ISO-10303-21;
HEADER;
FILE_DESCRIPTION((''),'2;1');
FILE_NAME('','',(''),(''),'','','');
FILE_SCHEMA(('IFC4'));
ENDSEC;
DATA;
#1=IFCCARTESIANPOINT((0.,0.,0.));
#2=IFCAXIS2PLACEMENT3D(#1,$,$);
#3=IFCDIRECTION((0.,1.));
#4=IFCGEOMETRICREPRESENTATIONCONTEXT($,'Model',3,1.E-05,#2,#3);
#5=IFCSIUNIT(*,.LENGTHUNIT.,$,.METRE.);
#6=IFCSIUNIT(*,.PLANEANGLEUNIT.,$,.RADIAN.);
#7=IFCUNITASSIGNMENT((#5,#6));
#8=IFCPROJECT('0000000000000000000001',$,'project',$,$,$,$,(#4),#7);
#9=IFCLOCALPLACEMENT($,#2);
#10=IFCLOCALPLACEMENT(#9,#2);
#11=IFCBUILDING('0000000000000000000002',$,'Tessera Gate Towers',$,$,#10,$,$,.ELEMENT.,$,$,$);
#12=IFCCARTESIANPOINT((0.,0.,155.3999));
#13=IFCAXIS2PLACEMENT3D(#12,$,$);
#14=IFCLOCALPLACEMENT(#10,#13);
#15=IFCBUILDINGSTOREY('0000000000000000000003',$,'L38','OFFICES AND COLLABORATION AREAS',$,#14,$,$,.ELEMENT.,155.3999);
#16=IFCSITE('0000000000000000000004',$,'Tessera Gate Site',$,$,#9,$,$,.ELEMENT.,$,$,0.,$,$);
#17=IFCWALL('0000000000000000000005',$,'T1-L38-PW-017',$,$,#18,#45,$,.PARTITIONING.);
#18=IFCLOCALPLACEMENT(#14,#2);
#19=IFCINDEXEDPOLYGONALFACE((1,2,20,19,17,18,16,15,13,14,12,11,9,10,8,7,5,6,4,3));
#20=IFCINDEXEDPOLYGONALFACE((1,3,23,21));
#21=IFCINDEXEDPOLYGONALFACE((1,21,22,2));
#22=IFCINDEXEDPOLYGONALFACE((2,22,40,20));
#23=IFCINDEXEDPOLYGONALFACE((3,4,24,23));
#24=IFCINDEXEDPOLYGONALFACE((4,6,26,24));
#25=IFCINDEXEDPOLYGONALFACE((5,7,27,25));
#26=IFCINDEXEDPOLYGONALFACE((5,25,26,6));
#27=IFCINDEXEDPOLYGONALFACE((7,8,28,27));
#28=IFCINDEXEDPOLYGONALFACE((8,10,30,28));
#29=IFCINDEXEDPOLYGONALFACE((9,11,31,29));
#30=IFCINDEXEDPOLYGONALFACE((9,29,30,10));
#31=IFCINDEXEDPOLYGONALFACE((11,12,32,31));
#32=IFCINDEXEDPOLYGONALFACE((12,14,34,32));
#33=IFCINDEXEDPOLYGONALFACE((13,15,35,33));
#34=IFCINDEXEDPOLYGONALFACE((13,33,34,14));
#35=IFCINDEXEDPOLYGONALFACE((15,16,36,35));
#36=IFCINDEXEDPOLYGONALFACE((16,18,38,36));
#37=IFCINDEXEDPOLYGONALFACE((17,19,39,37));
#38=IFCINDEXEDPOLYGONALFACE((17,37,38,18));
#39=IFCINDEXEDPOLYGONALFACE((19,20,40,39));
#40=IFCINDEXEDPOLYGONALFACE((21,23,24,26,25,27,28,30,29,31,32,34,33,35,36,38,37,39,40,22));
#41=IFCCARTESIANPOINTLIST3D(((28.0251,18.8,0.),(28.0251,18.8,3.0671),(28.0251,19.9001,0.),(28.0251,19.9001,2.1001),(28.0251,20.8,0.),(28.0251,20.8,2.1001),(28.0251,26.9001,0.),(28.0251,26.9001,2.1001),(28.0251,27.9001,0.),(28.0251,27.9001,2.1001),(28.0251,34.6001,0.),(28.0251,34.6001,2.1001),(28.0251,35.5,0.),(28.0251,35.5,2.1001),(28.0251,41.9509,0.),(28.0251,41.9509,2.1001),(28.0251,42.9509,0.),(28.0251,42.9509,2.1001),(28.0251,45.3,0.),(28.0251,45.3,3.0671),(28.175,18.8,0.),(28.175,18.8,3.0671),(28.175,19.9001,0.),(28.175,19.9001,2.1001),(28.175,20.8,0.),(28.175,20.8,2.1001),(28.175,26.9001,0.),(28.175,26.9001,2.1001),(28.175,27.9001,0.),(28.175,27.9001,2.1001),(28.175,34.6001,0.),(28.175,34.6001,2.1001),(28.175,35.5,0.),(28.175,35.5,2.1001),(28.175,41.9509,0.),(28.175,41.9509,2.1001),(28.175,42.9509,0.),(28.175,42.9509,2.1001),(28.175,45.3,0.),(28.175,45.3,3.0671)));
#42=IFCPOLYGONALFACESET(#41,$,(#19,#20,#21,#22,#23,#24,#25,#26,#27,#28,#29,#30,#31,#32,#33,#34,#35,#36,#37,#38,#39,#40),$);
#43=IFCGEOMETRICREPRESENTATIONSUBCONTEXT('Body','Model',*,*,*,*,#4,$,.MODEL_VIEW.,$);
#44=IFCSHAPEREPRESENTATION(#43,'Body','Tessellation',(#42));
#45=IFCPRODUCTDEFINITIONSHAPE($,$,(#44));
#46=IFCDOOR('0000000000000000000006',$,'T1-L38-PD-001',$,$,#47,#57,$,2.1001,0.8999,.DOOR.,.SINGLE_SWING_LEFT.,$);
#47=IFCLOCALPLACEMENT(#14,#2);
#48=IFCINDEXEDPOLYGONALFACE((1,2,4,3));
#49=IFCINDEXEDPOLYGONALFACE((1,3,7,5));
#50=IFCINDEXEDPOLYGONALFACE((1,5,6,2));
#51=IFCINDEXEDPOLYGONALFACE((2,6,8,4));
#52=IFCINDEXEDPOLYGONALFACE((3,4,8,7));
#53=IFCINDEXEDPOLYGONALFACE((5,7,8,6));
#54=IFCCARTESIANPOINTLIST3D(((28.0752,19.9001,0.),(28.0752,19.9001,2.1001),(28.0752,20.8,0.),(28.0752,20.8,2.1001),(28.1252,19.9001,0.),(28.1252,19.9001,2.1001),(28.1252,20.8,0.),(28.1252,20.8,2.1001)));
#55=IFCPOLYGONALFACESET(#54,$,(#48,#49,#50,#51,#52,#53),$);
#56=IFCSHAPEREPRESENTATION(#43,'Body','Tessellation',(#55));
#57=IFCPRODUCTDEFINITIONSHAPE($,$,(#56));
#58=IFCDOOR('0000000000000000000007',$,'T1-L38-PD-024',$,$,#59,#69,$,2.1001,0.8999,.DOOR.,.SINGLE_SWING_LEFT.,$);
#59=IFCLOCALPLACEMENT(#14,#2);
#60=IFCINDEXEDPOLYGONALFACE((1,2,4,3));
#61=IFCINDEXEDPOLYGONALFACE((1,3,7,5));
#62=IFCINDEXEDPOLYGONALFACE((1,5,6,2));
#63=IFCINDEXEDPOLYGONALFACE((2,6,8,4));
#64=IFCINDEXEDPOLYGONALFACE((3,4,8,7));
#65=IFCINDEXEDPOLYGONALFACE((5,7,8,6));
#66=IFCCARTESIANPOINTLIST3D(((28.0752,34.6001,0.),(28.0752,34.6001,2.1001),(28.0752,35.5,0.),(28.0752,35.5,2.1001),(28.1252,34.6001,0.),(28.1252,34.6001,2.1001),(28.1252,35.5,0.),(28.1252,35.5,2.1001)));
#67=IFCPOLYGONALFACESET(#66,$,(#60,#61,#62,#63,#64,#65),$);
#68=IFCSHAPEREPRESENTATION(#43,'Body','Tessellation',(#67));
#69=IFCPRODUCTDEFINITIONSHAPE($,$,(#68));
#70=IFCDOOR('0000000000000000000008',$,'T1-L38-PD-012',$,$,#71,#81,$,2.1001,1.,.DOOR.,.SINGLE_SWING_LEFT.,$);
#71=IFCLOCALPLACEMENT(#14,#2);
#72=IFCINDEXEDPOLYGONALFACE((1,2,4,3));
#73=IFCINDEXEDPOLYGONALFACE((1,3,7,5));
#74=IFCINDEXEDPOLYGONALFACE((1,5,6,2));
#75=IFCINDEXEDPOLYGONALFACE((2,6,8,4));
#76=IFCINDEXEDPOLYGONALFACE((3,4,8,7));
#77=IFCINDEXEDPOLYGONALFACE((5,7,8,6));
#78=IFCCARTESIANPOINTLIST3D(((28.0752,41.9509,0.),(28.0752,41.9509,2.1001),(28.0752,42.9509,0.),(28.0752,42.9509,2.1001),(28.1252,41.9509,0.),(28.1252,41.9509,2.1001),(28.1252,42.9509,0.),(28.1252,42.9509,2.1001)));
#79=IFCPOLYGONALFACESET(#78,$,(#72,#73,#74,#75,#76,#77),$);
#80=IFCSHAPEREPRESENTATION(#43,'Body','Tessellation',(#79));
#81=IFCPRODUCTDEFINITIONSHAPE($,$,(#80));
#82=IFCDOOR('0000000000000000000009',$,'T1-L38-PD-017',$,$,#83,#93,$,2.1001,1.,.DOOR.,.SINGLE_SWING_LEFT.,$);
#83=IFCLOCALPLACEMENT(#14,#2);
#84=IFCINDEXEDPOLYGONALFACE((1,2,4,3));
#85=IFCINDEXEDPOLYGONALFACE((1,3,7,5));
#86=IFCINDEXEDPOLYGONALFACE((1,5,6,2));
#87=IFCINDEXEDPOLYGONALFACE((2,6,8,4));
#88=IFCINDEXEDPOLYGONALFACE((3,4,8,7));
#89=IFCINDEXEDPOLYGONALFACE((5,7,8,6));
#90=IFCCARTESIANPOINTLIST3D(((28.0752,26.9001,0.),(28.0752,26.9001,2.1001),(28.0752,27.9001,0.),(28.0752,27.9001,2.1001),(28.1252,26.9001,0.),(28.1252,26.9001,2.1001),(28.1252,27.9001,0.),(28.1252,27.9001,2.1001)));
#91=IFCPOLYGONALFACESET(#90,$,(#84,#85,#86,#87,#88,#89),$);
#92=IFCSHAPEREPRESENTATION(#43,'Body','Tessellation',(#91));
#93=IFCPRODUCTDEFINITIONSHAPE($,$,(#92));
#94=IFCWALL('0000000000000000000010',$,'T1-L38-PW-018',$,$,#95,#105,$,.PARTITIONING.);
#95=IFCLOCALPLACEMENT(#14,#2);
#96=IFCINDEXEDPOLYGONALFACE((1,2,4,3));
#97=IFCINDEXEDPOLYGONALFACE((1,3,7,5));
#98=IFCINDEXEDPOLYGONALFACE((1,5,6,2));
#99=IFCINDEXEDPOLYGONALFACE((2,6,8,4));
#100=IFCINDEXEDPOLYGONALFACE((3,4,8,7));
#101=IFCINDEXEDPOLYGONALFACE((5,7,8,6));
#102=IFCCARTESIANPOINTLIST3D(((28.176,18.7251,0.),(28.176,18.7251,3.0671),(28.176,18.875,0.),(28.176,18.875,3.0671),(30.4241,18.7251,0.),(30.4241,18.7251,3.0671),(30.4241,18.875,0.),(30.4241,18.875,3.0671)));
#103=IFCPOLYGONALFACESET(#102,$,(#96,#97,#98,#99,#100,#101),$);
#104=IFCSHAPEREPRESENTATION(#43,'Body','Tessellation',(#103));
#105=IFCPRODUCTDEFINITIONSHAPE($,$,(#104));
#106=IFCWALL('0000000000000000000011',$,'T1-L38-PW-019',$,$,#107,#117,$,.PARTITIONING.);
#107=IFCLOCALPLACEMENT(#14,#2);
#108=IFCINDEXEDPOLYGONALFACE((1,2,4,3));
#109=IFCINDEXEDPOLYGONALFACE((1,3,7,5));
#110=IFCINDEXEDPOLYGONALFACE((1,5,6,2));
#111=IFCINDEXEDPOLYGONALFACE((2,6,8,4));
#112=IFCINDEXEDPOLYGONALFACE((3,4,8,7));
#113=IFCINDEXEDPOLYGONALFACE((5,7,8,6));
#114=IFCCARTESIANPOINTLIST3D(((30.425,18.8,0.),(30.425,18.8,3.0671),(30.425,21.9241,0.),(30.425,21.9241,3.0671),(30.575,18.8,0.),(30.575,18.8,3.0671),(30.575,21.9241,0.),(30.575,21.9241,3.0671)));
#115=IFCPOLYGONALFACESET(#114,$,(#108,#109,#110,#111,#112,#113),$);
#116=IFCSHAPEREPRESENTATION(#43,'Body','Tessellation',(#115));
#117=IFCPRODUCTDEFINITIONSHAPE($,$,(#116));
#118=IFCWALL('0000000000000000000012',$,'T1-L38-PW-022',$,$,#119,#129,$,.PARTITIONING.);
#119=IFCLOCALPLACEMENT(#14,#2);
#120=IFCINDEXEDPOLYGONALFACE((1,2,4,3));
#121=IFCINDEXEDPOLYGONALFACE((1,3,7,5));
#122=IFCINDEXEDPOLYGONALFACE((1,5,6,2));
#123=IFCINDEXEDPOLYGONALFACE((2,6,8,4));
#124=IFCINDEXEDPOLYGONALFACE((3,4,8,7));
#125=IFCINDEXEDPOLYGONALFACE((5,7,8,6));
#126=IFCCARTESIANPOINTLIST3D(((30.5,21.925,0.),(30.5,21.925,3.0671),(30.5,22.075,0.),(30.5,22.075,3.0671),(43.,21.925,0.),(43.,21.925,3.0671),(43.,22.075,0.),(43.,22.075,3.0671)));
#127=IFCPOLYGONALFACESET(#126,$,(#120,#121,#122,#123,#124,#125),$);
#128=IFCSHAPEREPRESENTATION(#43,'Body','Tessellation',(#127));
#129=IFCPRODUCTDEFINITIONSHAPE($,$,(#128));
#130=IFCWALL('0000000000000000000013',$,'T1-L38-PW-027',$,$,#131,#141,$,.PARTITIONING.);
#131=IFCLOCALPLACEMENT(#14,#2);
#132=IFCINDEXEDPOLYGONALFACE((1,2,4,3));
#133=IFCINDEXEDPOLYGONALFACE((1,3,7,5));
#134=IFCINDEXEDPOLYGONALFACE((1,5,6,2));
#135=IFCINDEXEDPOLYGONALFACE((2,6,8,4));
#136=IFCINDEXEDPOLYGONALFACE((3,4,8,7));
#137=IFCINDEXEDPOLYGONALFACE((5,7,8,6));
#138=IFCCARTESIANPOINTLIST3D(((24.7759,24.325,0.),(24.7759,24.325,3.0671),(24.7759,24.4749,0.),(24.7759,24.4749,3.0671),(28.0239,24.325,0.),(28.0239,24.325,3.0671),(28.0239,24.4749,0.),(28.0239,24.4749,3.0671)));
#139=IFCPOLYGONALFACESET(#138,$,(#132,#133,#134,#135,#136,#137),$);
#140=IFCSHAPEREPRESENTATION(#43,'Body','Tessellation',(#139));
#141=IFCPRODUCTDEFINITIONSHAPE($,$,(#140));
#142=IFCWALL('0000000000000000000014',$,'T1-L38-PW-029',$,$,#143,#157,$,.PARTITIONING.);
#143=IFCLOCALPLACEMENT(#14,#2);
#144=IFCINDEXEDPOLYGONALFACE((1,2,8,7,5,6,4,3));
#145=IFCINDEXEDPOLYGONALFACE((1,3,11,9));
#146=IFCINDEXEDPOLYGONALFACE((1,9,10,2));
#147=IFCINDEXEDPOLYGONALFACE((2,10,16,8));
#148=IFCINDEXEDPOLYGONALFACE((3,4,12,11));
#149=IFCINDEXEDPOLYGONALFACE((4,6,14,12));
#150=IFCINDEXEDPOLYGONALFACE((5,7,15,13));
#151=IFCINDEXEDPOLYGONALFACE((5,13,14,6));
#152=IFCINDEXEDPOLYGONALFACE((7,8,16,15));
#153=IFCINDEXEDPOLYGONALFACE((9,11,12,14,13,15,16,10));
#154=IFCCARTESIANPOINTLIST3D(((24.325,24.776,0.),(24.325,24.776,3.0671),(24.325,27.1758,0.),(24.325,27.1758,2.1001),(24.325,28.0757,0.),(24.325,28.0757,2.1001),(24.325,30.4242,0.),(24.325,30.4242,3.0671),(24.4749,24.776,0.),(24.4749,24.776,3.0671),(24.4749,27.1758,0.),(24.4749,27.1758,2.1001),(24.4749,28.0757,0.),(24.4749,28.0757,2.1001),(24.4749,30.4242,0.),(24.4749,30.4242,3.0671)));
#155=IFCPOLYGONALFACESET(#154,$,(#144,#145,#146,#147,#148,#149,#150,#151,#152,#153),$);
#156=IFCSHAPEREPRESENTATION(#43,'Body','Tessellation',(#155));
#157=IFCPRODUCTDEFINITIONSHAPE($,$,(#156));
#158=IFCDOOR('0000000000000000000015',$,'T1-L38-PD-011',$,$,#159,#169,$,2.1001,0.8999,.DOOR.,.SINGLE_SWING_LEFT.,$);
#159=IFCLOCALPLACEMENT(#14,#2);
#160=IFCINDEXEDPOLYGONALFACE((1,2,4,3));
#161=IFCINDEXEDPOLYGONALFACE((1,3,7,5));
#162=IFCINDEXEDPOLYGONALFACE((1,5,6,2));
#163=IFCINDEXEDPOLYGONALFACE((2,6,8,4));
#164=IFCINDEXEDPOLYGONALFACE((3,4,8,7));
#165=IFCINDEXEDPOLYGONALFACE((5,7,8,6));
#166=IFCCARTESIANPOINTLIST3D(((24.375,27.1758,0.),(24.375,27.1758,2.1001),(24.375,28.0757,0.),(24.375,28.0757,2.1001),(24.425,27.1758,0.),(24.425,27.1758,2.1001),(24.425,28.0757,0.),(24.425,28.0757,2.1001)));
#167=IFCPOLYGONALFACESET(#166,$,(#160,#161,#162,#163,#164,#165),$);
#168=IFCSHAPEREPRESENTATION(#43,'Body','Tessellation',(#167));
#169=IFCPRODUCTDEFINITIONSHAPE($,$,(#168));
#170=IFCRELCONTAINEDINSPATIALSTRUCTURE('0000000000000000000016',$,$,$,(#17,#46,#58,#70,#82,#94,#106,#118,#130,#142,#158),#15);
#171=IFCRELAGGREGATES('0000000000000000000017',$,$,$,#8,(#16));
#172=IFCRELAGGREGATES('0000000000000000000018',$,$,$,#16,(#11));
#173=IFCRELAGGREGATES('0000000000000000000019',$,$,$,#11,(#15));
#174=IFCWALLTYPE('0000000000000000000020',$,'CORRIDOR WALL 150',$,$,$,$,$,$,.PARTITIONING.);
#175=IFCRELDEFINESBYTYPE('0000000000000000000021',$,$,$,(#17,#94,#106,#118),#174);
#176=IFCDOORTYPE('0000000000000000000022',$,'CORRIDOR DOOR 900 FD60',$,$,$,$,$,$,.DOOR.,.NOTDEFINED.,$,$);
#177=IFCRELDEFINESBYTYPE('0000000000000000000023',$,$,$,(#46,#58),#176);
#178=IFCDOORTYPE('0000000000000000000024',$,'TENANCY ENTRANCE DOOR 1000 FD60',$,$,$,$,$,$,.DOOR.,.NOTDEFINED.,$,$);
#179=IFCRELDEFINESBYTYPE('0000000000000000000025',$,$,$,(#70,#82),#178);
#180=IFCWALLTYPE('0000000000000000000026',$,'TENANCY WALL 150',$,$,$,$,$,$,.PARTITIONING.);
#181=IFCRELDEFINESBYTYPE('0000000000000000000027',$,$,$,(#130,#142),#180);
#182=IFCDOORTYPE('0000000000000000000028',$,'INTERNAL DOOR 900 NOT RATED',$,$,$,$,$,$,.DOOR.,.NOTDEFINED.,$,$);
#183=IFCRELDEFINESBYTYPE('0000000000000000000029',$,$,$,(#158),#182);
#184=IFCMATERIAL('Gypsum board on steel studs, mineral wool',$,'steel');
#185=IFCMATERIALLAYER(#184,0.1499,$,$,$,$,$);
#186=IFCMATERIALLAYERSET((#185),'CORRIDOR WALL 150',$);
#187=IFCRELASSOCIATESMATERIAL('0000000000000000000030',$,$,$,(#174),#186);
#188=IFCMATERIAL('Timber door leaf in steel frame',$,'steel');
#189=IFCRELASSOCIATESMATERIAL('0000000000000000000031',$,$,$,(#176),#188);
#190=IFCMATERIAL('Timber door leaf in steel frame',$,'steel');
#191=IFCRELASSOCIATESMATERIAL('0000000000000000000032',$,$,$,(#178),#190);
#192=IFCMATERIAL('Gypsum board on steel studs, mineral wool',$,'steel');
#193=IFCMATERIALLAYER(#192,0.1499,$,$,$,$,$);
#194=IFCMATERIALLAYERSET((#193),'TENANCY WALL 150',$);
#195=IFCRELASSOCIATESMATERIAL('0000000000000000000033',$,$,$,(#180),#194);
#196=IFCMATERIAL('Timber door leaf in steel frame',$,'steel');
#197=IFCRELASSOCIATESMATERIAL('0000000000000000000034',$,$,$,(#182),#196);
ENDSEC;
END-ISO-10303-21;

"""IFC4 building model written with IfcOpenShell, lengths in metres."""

from ifc_helpers import new_model, si_unit, direction, frame, frame_2d, origin, place, context, subcontext, project, spatial, rectangle, extrude, source, transform, mapped, material, layer, layer_set, type_object, element, fill, save


model = new_model("IFC4")

# Units and contexts
model_context = context("Model", 3, precision=1e-05, world=origin(), true_north=direction((0.0, 1.0)))
body_context = subcontext(model_context, "Body", "Model", "MODEL_VIEW")
ifc_project = project(units=[si_unit("LENGTHUNIT", "METRE"), si_unit("PLANEANGLEUNIT", "RADIAN")], contexts=[model_context])

# Site, building, storey
site_placement = place(None, origin())
site = spatial("IfcSite", under=ifc_project, at=site_placement, Name="Tessera Gate Site", CompositionType="ELEMENT", RefElevation=0.0)
building_placement = place(site_placement, origin())
building = spatial("IfcBuilding", under=site, at=building_placement, Name="Tessera Gate Towers", CompositionType="ELEMENT")
storey_placement = place(building_placement, frame((0.0, 0.0, 155.3999)))
storey = spatial("IfcBuildingStorey", under=building, at=storey_placement, Name="L38", Description="OFFICES AND COLLABORATION AREAS", CompositionType="ELEMENT", Elevation=155.3999)

# Shared definitions
shared_shape_1 = source(origin(), body_context, "Body", "SweptSolid", [
    extrude(rectangle(XDim=0.8999, YDim=2.1001, at=frame_2d((0.45, 1.05))), frame((0.0, 0.0249, 0.0), z_axis=(0.0, -1.0, 0.0), x_axis=(1.0, 0.0, 0.0)), (0.0, 0.0, 1.0), 0.05),
])

# Wall, openings, doors
ifc_material_1 = material(Name="Gypsum board on steel studs, mineral wool", Category="steel")
ifc_layer_1 = layer(ifc_material_1, 0.1499)
ifc_layer_set_1 = layer_set([ifc_layer_1], Name="CORRIDOR WALL 150")
wall_type_1 = type_object("IfcWallType", Name="CORRIDOR WALL 150", PredefinedType="PARTITIONING", material=ifc_layer_set_1)
wall_1_placement = place(storey_placement, frame((28.1001, 18.8, 0.0), z_axis=(0.0, 0.0, 1.0), x_axis=(0.0, 1.0, 0.0)))
wall_1 = element("IfcWall", 1, at=wall_1_placement, inside=storey, type_object=wall_type_1, Name="T1-L38-PW-017", PredefinedType="PARTITIONING", context=body_context, shape_type="SweptSolid", body=[
    extrude(rectangle(XDim=26.5, YDim=0.1499, at=frame_2d((13.25, 0.0))), origin(), (0.0, 0.0, 1.0), 3.0671),
])
shared_shape_2 = source(origin(), body_context, "Body", "SweptSolid", [
    extrude(rectangle(XDim=0.8999, YDim=2.1001, at=frame_2d((0.45, 1.05))), frame((0.0, 0.085, 0.0), z_axis=(0.0, -1.0, 0.0), x_axis=(1.0, 0.0, 0.0)), (0.0, 0.0, 1.0), 0.1699),
])
opening_1_placement = place(wall_1_placement, frame((1.1001, 0.0, 0.0)))
opening_1 = element("IfcOpeningElement", 2, at=opening_1_placement, cuts=wall_1, PredefinedType="OPENING", context=body_context, shape_type="MappedRepresentation", body=[
    mapped(shared_shape_2, transform((0.0, 0.0, 0.0), scale=1.0)),
])
shared_shape_3 = source(origin(), body_context, "Body", "SweptSolid", [
    extrude(rectangle(XDim=1.0, YDim=2.1001, at=frame_2d((0.5, 1.05))), frame((0.0, 0.085, 0.0), z_axis=(0.0, -1.0, 0.0), x_axis=(1.0, 0.0, 0.0)), (0.0, 0.0, 1.0), 0.1699),
])
opening_2_placement = place(wall_1_placement, frame((23.1509, 0.0, 0.0)))
opening_2 = element("IfcOpeningElement", 3, at=opening_2_placement, cuts=wall_1, PredefinedType="OPENING", context=body_context, shape_type="MappedRepresentation", body=[
    mapped(shared_shape_3, transform((0.0, 0.0, 0.0), scale=1.0)),
])
opening_3_placement = place(wall_1_placement, frame((8.1001, 0.0, 0.0)))
opening_3 = element("IfcOpeningElement", 4, at=opening_3_placement, cuts=wall_1, PredefinedType="OPENING", context=body_context, shape_type="MappedRepresentation", body=[
    mapped(shared_shape_3, transform((0.0, 0.0, 0.0), scale=1.0)),
])
opening_4_placement = place(wall_1_placement, frame((15.8, 0.0, 0.0)))
opening_4 = element("IfcOpeningElement", 5, at=opening_4_placement, cuts=wall_1, PredefinedType="OPENING", context=body_context, shape_type="MappedRepresentation", body=[
    mapped(shared_shape_2, transform((0.0, 0.0, 0.0), scale=1.0)),
])
ifc_material_2 = material(Name="Timber door leaf in steel frame", Category="steel")
door_type_1 = type_object("IfcDoorType", Name="CORRIDOR DOOR 900 FD60", OperationType="NOTDEFINED", PredefinedType="DOOR", material=ifc_material_2)
door_1_placement = place(opening_1_placement, origin())
door_1 = element("IfcDoor", 6, at=door_1_placement, inside=storey, type_object=door_type_1, Name="T1-L38-PD-001", OperationType="SINGLE_SWING_LEFT", OverallHeight=2.1001, OverallWidth=0.8999, PredefinedType="DOOR", context=body_context, shape_type="MappedRepresentation", body=[
    mapped(shared_shape_1, transform((0.0, 0.0, 0.0), scale=1.0)),
])
fill(opening_1, door_1)
door_2_placement = place(opening_4_placement, origin())
door_2 = element("IfcDoor", 7, at=door_2_placement, inside=storey, type_object=door_type_1, Name="T1-L38-PD-024", OperationType="SINGLE_SWING_LEFT", OverallHeight=2.1001, OverallWidth=0.8999, PredefinedType="DOOR", context=body_context, shape_type="MappedRepresentation", body=[
    mapped(shared_shape_1, transform((0.0, 0.0, 0.0), scale=1.0)),
])
fill(opening_4, door_2)
ifc_material_3 = material(Name="Timber door leaf in steel frame", Category="steel")
door_type_2 = type_object("IfcDoorType", Name="TENANCY ENTRANCE DOOR 1000 FD60", OperationType="NOTDEFINED", PredefinedType="DOOR", material=ifc_material_3)
shared_shape_4 = source(origin(), body_context, "Body", "SweptSolid", [
    extrude(rectangle(XDim=1.0, YDim=2.1001, at=frame_2d((0.5, 1.05))), frame((0.0, 0.0249, 0.0), z_axis=(0.0, -1.0, 0.0), x_axis=(1.0, 0.0, 0.0)), (0.0, 0.0, 1.0), 0.05),
])
door_3_placement = place(opening_2_placement, origin())
door_3 = element("IfcDoor", 8, at=door_3_placement, inside=storey, type_object=door_type_2, Name="T1-L38-PD-012", OperationType="SINGLE_SWING_LEFT", OverallHeight=2.1001, OverallWidth=1.0, PredefinedType="DOOR", context=body_context, shape_type="MappedRepresentation", body=[
    mapped(shared_shape_4, transform((0.0, 0.0, 0.0), scale=1.0)),
])
fill(opening_2, door_3)
door_4_placement = place(opening_3_placement, origin())
door_4 = element("IfcDoor", 9, at=door_4_placement, inside=storey, type_object=door_type_2, Name="T1-L38-PD-017", OperationType="SINGLE_SWING_LEFT", OverallHeight=2.1001, OverallWidth=1.0, PredefinedType="DOOR", context=body_context, shape_type="MappedRepresentation", body=[
    mapped(shared_shape_4, transform((0.0, 0.0, 0.0), scale=1.0)),
])
fill(opening_3, door_4)

# Walls
wall_2_placement = place(storey_placement, frame((28.176, 18.8, 0.0), z_axis=(0.0, 0.0, 1.0), x_axis=(1.0, 0.0, 0.0)))
element("IfcWall", 10, at=wall_2_placement, inside=storey, type_object=wall_type_1, Name="T1-L38-PW-018", PredefinedType="PARTITIONING", context=body_context, shape_type="SweptSolid", body=[
    extrude(rectangle(XDim=2.248, YDim=0.1499, at=frame_2d((1.124, 0.0))), origin(), (0.0, 0.0, 1.0), 3.0671),
])
wall_3_placement = place(storey_placement, frame((30.5, 18.8, 0.0), z_axis=(0.0, 0.0, 1.0), x_axis=(0.0, 1.0, 0.0)))
element("IfcWall", 11, at=wall_3_placement, inside=storey, type_object=wall_type_1, Name="T1-L38-PW-019", PredefinedType="PARTITIONING", context=body_context, shape_type="SweptSolid", body=[
    extrude(rectangle(XDim=3.124, YDim=0.1499, at=frame_2d((1.562, 0.0))), origin(), (0.0, 0.0, 1.0), 3.0671),
])
wall_4_placement = place(storey_placement, frame((30.5, 22.0, 0.0), z_axis=(0.0, 0.0, 1.0), x_axis=(1.0, 0.0, 0.0)))
element("IfcWall", 12, at=wall_4_placement, inside=storey, type_object=wall_type_1, Name="T1-L38-PW-022", PredefinedType="PARTITIONING", context=body_context, shape_type="SweptSolid", body=[
    extrude(rectangle(XDim=12.5, YDim=0.1499, at=frame_2d((6.25, 0.0))), origin(), (0.0, 0.0, 1.0), 3.0671),
])
ifc_material_4 = material(Name="Gypsum board on steel studs, mineral wool", Category="steel")
ifc_layer_2 = layer(ifc_material_4, 0.1499)
ifc_layer_set_2 = layer_set([ifc_layer_2], Name="TENANCY WALL 150")
wall_type_2 = type_object("IfcWallType", Name="TENANCY WALL 150", PredefinedType="PARTITIONING", material=ifc_layer_set_2)
wall_5_placement = place(storey_placement, frame((24.7759, 24.3999, 0.0), z_axis=(0.0, 0.0, 1.0), x_axis=(1.0, 0.0, 0.0)))
element("IfcWall", 13, at=wall_5_placement, inside=storey, type_object=wall_type_2, Name="T1-L38-PW-027", PredefinedType="PARTITIONING", context=body_context, shape_type="SweptSolid", body=[
    extrude(rectangle(XDim=3.248, YDim=0.1499, at=frame_2d((1.624, 0.0))), origin(), (0.0, 0.0, 1.0), 3.0671),
])

# Wall, opening, door
wall_6_placement = place(storey_placement, frame((24.3999, 24.7759, 0.0), z_axis=(0.0, 0.0, 1.0), x_axis=(0.0, 1.0, 0.0)))
wall_6 = element("IfcWall", 14, at=wall_6_placement, inside=storey, type_object=wall_type_2, Name="T1-L38-PW-029", PredefinedType="PARTITIONING", context=body_context, shape_type="SweptSolid", body=[
    extrude(rectangle(XDim=5.6482, YDim=0.1499, at=frame_2d((2.8242, 0.0))), origin(), (0.0, 0.0, 1.0), 3.0671),
])
opening_5_placement = place(wall_6_placement, frame((2.3999, 0.0, 0.0)))
opening_5 = element("IfcOpeningElement", 15, at=opening_5_placement, cuts=wall_6, PredefinedType="OPENING", context=body_context, shape_type="MappedRepresentation", body=[
    mapped(shared_shape_2, transform((0.0, 0.0, 0.0), scale=1.0)),
])
ifc_material_5 = material(Name="Timber door leaf in steel frame", Category="steel")
door_type_3 = type_object("IfcDoorType", Name="INTERNAL DOOR 900 NOT RATED", OperationType="NOTDEFINED", PredefinedType="DOOR", material=ifc_material_5)
door_5_placement = place(opening_5_placement, origin())
door_5 = element("IfcDoor", 16, at=door_5_placement, inside=storey, type_object=door_type_3, Name="T1-L38-PD-011", OperationType="SINGLE_SWING_LEFT", OverallHeight=2.1001, OverallWidth=0.8999, PredefinedType="DOOR", context=body_context, shape_type="MappedRepresentation", body=[
    mapped(shared_shape_1, transform((0.0, 0.0, 0.0), scale=1.0)),
])
fill(opening_5, door_5)

save(model, "model.ifc")
